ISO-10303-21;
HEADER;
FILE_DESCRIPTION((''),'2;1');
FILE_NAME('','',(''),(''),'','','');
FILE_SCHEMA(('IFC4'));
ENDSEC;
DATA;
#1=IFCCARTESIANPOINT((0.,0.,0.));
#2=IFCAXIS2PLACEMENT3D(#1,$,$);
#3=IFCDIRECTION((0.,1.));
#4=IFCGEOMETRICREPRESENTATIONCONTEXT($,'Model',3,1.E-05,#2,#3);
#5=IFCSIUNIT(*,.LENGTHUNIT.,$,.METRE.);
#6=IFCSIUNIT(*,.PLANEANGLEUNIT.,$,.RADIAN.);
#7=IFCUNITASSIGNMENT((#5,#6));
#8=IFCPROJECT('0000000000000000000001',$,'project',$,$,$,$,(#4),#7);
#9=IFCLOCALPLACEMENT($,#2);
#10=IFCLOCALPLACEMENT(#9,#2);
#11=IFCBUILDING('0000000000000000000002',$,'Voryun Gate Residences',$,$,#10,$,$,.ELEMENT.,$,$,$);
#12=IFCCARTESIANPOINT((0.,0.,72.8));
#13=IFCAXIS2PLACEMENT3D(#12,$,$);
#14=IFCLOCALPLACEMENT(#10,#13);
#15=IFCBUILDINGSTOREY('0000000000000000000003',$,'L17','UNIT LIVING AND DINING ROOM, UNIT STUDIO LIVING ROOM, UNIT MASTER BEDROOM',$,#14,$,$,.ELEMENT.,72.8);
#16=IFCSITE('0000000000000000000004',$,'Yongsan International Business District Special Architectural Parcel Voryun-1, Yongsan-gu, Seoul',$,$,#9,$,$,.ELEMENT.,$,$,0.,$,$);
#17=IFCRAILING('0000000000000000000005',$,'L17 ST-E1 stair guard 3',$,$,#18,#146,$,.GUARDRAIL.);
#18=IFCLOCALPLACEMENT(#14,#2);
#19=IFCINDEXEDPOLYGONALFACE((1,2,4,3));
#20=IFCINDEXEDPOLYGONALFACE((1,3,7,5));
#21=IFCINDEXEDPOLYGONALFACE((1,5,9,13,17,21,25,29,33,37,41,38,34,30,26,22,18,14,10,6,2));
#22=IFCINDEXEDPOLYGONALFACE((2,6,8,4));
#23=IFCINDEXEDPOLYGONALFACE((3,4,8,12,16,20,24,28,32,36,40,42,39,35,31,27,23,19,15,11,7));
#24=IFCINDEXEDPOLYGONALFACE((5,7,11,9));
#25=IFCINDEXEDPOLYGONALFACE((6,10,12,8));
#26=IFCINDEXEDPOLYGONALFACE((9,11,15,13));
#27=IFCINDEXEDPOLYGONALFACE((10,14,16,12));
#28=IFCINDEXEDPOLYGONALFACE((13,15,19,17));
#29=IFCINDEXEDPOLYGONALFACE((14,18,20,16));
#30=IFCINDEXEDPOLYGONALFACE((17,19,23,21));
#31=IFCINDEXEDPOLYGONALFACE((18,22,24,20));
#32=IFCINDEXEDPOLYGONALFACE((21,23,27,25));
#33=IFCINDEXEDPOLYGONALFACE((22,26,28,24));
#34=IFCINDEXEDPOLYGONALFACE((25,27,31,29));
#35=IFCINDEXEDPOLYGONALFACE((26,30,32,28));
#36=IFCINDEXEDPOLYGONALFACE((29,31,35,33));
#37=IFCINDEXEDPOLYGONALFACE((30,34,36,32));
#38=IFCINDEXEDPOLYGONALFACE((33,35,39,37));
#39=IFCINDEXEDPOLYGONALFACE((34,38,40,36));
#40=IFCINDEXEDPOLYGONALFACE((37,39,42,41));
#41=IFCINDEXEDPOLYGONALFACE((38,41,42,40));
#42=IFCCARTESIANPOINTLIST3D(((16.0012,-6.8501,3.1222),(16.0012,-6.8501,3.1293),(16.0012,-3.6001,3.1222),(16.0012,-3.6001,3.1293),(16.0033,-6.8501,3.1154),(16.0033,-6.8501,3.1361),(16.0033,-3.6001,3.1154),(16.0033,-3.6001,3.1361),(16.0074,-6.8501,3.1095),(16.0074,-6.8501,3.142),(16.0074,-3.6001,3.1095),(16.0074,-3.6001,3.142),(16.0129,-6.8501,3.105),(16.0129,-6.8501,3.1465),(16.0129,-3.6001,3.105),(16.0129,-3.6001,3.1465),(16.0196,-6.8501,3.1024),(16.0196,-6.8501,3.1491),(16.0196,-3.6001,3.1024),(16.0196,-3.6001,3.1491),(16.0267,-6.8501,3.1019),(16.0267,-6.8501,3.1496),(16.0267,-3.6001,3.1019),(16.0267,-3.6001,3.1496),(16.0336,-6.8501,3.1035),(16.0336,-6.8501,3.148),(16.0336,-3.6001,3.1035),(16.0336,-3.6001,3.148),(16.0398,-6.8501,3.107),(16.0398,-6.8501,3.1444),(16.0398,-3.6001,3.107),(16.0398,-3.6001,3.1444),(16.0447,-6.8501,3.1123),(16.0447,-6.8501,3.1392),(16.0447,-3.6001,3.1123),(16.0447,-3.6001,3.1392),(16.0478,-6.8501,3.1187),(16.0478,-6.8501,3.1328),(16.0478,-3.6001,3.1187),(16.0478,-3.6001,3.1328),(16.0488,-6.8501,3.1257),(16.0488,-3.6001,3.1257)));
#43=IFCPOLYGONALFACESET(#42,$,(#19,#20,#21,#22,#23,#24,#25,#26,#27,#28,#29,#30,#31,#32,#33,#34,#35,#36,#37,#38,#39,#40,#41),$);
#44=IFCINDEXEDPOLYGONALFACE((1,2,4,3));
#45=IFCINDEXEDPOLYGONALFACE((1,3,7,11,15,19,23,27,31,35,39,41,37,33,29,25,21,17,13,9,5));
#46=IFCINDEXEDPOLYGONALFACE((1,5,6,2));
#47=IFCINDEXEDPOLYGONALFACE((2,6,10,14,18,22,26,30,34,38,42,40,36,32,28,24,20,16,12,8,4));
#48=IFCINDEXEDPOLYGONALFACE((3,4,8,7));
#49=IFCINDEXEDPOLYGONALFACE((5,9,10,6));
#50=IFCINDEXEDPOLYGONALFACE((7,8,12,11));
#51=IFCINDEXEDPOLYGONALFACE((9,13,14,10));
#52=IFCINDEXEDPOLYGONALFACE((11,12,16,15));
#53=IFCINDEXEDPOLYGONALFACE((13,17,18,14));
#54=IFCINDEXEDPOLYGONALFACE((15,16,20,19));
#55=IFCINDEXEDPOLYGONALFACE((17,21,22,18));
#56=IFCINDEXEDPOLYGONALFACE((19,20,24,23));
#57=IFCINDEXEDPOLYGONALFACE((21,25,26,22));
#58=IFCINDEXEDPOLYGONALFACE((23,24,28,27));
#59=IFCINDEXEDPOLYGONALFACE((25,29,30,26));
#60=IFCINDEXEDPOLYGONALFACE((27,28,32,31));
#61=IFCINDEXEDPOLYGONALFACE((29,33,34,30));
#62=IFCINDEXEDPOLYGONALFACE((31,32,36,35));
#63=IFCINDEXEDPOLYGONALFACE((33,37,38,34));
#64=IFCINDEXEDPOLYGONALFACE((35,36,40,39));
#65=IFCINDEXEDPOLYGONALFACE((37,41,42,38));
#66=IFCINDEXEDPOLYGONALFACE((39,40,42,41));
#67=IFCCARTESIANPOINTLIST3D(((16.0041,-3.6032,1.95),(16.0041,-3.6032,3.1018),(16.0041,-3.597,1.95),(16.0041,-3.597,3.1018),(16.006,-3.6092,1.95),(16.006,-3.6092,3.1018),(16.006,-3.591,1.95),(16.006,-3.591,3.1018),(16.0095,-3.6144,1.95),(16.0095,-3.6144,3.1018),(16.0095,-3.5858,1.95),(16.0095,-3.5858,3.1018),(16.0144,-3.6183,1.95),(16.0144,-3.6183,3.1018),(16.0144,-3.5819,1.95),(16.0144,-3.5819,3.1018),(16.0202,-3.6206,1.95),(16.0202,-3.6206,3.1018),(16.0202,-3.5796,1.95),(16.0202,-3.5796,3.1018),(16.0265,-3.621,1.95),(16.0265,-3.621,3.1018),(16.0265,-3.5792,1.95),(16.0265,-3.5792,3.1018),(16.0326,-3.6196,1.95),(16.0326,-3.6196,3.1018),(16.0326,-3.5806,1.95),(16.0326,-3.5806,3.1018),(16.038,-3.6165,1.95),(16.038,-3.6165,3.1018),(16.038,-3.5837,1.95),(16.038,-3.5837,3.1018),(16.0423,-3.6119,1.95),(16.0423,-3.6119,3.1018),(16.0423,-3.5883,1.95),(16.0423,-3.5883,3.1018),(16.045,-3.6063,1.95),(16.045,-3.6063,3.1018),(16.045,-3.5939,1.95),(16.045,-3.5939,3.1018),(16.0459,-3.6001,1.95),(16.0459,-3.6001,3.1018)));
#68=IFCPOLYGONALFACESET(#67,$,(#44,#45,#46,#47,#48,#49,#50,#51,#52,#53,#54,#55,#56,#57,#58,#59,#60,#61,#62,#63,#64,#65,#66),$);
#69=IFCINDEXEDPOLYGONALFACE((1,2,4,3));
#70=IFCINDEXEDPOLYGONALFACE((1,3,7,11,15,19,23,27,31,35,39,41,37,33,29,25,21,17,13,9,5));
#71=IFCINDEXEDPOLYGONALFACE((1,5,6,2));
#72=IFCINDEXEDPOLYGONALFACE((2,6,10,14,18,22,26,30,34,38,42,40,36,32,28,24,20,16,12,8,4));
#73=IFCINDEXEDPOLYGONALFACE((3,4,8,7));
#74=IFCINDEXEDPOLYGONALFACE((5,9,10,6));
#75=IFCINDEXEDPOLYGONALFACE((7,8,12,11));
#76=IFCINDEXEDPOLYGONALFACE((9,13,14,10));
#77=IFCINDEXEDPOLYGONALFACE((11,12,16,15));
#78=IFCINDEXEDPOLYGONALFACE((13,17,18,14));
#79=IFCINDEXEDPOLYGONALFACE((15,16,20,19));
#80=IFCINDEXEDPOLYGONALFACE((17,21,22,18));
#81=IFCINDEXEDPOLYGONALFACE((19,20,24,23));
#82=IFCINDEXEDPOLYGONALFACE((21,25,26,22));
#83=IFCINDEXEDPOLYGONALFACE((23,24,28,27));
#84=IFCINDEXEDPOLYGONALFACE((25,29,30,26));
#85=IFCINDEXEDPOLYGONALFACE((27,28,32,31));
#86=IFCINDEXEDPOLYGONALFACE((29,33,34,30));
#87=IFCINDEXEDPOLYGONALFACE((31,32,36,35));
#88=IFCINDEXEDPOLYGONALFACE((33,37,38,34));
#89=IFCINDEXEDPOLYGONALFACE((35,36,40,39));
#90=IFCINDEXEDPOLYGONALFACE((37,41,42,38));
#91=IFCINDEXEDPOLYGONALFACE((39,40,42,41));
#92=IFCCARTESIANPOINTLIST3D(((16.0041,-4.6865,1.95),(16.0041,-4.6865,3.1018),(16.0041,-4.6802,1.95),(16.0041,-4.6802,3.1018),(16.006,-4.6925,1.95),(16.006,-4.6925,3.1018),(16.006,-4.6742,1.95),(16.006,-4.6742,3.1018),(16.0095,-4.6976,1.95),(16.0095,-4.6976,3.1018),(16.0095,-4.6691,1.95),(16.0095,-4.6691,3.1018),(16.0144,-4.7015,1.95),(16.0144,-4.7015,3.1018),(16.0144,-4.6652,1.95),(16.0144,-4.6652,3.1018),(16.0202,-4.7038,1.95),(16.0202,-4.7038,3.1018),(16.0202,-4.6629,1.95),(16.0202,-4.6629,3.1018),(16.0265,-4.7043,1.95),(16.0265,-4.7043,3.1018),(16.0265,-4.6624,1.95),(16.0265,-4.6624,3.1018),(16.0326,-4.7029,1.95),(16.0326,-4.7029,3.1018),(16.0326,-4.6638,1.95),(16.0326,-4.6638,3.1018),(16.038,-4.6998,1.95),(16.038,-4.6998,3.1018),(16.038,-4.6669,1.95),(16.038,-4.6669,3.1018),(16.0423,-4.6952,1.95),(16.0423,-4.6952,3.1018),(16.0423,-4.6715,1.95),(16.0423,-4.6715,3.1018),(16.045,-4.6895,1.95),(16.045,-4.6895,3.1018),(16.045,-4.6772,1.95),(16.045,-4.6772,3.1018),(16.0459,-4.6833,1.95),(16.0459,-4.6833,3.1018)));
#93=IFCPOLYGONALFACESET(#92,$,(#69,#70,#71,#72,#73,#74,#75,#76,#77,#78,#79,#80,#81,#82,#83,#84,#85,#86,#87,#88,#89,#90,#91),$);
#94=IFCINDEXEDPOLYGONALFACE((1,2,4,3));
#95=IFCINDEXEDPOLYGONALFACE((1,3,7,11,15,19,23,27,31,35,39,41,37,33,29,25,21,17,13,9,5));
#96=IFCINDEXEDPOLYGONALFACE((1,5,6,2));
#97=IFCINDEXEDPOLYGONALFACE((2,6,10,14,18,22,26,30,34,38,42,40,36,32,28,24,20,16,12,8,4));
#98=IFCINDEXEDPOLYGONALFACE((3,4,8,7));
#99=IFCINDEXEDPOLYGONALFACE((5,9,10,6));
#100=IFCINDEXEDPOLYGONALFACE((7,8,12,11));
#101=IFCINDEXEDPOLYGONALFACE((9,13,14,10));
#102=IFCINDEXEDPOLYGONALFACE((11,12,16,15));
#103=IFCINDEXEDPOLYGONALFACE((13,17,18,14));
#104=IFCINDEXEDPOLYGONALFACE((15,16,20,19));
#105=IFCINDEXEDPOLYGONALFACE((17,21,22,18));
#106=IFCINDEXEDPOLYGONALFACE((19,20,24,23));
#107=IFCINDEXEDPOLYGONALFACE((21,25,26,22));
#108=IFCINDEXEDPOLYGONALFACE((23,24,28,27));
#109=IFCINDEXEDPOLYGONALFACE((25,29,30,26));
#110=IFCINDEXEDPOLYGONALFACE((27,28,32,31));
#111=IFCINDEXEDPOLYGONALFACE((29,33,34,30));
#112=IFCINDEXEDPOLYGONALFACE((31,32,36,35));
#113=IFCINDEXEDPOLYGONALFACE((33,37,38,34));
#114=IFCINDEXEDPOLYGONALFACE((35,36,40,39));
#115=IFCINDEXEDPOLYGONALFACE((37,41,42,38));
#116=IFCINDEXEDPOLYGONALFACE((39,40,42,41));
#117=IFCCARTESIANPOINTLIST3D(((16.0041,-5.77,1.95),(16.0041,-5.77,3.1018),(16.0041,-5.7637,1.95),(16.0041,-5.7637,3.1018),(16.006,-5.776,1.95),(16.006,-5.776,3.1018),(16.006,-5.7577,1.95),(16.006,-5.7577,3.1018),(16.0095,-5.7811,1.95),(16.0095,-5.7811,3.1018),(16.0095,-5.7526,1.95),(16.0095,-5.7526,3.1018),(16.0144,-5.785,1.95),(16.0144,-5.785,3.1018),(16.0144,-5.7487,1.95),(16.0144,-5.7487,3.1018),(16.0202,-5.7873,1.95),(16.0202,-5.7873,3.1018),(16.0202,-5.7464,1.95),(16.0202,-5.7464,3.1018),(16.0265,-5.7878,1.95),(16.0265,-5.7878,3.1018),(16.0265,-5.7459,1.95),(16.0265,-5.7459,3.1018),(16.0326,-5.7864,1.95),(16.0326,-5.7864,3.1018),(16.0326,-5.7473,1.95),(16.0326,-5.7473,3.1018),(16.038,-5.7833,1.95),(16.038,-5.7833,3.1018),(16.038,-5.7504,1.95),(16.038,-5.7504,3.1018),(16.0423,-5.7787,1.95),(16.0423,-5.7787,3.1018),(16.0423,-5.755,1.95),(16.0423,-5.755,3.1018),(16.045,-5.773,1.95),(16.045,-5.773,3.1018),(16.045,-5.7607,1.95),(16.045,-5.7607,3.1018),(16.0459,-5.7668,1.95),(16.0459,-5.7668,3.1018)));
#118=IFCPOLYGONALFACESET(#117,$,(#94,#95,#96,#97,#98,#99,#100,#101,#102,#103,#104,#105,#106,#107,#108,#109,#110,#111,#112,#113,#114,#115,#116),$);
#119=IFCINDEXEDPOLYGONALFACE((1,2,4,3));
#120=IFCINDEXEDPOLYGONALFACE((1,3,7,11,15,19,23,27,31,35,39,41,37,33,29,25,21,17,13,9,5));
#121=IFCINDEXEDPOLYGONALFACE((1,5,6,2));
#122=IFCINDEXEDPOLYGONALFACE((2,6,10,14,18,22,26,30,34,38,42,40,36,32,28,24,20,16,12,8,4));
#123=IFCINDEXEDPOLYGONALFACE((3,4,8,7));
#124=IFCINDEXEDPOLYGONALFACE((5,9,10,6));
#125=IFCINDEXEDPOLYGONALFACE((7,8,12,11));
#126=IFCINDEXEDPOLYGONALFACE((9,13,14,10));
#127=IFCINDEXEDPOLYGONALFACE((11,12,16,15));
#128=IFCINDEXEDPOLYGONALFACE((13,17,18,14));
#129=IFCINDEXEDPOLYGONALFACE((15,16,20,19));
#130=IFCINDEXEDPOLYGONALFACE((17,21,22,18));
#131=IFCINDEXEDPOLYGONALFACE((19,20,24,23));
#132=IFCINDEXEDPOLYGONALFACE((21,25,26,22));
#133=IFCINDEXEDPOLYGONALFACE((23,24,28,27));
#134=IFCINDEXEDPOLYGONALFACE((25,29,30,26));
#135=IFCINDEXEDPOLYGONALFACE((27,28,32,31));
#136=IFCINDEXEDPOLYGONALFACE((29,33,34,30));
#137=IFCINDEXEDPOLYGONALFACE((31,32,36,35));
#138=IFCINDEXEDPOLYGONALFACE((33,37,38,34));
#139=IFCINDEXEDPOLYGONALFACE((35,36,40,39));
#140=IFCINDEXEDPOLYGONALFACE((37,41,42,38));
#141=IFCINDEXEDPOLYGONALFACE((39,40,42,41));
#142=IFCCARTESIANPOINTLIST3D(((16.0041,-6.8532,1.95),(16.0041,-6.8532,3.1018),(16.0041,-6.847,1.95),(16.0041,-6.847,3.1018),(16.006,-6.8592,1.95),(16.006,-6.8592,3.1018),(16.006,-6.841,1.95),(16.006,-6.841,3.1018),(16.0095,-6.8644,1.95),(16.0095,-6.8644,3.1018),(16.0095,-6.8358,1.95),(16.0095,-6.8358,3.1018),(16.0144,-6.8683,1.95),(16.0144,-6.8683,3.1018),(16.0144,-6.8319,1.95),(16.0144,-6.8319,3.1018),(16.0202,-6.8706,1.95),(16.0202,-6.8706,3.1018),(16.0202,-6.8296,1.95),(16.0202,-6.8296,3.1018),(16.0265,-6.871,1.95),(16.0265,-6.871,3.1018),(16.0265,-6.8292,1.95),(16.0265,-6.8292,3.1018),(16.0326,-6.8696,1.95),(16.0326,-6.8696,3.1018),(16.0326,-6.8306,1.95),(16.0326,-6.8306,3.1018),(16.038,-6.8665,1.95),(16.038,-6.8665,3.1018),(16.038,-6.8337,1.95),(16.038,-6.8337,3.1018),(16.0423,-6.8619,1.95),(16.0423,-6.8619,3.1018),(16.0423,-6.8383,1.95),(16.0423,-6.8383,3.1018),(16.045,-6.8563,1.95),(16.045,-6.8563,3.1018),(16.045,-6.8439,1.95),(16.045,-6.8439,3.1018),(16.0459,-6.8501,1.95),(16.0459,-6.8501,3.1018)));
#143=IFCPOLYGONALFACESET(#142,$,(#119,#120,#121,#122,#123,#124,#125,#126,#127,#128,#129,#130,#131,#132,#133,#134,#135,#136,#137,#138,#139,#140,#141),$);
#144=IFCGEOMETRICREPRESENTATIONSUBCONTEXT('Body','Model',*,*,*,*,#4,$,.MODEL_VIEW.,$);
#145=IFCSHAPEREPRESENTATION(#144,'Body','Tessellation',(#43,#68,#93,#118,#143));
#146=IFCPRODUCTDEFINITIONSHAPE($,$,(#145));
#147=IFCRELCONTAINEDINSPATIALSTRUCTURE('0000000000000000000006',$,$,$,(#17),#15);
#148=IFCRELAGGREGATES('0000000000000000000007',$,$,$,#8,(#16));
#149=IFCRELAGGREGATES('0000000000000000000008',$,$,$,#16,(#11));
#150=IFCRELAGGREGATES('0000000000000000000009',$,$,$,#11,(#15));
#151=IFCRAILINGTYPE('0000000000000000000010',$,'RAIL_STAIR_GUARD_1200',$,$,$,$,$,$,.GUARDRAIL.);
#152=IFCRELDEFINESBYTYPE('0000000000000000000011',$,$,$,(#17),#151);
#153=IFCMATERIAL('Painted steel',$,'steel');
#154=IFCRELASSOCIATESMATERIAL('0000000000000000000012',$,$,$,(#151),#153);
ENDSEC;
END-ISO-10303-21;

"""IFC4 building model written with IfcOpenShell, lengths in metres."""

from ifc_helpers import new_model, si_unit, direction, frame, origin, origin_2d, place, context, subcontext, project, spatial, circle, extrude, material, type_object, element, save


model = new_model("IFC4")

# Units and contexts
model_context = context("Model", 3, precision=1e-05, world=origin(), true_north=direction((0.0, 1.0)))
body_context = subcontext(model_context, "Body", "Model", "MODEL_VIEW")
ifc_project = project(units=[si_unit("LENGTHUNIT", "METRE"), si_unit("PLANEANGLEUNIT", "RADIAN")], contexts=[model_context])

# Site, building, storey
site_placement = place(None, origin())
site = spatial("IfcSite", under=ifc_project, at=site_placement, Name="Yongsan International Business District Special Architectural Parcel Voryun-1, Yongsan-gu, Seoul", CompositionType="ELEMENT", RefElevation=0.0)
building_placement = place(site_placement, origin())
building = spatial("IfcBuilding", under=site, at=building_placement, Name="Voryun Gate Residences", CompositionType="ELEMENT")
storey_placement = place(building_placement, frame((0.0, 0.0, 72.8)))
storey = spatial("IfcBuildingStorey", under=building, at=storey_placement, Name="L17", Description="UNIT LIVING AND DINING ROOM, UNIT STUDIO LIVING ROOM, UNIT MASTER BEDROOM", CompositionType="ELEMENT", Elevation=72.8)

# Railing
ifc_material_1 = material(Name="Painted steel", Category="steel")
railing_type_1 = type_object("IfcRailingType", Name="RAIL_STAIR_GUARD_1200", PredefinedType="GUARDRAIL", material=ifc_material_1)
for number, where, name in (
    (1, (16.0249, -3.6001, 1.95), "L17 ST-E1 stair guard 3"),
):
    element("IfcRailing", number, at=place(storey_placement, frame(where)), inside=storey, type_object=railing_type_1, Name=name, PredefinedType="GUARDRAIL", context=body_context, shape_type="SweptSolid", body=[
        extrude(circle(Radius=0.0239, at=origin_2d()), frame((0.0, 0.0, 1.1758), z_axis=(0.0, -1.0, 0.0), x_axis=(1.0, 0.0, 0.0)), (0.0, 0.0, 1.0), 3.25),
        extrude(circle(Radius=0.021, at=origin_2d()), origin(), (0.0, 0.0, 1.0), 1.1519),
        extrude(circle(Radius=0.021, at=origin_2d()), frame((0.0, -1.0833, 0.0)), (0.0, 0.0, 1.0), 1.1519),
        extrude(circle(Radius=0.021, at=origin_2d()), frame((0.0, -2.1667, 0.0)), (0.0, 0.0, 1.0), 1.1519),
        extrude(circle(Radius=0.021, at=origin_2d()), frame((0.0, -3.25, 0.0)), (0.0, 0.0, 1.0), 1.1519),
    ])

save(model, "model.ifc")
